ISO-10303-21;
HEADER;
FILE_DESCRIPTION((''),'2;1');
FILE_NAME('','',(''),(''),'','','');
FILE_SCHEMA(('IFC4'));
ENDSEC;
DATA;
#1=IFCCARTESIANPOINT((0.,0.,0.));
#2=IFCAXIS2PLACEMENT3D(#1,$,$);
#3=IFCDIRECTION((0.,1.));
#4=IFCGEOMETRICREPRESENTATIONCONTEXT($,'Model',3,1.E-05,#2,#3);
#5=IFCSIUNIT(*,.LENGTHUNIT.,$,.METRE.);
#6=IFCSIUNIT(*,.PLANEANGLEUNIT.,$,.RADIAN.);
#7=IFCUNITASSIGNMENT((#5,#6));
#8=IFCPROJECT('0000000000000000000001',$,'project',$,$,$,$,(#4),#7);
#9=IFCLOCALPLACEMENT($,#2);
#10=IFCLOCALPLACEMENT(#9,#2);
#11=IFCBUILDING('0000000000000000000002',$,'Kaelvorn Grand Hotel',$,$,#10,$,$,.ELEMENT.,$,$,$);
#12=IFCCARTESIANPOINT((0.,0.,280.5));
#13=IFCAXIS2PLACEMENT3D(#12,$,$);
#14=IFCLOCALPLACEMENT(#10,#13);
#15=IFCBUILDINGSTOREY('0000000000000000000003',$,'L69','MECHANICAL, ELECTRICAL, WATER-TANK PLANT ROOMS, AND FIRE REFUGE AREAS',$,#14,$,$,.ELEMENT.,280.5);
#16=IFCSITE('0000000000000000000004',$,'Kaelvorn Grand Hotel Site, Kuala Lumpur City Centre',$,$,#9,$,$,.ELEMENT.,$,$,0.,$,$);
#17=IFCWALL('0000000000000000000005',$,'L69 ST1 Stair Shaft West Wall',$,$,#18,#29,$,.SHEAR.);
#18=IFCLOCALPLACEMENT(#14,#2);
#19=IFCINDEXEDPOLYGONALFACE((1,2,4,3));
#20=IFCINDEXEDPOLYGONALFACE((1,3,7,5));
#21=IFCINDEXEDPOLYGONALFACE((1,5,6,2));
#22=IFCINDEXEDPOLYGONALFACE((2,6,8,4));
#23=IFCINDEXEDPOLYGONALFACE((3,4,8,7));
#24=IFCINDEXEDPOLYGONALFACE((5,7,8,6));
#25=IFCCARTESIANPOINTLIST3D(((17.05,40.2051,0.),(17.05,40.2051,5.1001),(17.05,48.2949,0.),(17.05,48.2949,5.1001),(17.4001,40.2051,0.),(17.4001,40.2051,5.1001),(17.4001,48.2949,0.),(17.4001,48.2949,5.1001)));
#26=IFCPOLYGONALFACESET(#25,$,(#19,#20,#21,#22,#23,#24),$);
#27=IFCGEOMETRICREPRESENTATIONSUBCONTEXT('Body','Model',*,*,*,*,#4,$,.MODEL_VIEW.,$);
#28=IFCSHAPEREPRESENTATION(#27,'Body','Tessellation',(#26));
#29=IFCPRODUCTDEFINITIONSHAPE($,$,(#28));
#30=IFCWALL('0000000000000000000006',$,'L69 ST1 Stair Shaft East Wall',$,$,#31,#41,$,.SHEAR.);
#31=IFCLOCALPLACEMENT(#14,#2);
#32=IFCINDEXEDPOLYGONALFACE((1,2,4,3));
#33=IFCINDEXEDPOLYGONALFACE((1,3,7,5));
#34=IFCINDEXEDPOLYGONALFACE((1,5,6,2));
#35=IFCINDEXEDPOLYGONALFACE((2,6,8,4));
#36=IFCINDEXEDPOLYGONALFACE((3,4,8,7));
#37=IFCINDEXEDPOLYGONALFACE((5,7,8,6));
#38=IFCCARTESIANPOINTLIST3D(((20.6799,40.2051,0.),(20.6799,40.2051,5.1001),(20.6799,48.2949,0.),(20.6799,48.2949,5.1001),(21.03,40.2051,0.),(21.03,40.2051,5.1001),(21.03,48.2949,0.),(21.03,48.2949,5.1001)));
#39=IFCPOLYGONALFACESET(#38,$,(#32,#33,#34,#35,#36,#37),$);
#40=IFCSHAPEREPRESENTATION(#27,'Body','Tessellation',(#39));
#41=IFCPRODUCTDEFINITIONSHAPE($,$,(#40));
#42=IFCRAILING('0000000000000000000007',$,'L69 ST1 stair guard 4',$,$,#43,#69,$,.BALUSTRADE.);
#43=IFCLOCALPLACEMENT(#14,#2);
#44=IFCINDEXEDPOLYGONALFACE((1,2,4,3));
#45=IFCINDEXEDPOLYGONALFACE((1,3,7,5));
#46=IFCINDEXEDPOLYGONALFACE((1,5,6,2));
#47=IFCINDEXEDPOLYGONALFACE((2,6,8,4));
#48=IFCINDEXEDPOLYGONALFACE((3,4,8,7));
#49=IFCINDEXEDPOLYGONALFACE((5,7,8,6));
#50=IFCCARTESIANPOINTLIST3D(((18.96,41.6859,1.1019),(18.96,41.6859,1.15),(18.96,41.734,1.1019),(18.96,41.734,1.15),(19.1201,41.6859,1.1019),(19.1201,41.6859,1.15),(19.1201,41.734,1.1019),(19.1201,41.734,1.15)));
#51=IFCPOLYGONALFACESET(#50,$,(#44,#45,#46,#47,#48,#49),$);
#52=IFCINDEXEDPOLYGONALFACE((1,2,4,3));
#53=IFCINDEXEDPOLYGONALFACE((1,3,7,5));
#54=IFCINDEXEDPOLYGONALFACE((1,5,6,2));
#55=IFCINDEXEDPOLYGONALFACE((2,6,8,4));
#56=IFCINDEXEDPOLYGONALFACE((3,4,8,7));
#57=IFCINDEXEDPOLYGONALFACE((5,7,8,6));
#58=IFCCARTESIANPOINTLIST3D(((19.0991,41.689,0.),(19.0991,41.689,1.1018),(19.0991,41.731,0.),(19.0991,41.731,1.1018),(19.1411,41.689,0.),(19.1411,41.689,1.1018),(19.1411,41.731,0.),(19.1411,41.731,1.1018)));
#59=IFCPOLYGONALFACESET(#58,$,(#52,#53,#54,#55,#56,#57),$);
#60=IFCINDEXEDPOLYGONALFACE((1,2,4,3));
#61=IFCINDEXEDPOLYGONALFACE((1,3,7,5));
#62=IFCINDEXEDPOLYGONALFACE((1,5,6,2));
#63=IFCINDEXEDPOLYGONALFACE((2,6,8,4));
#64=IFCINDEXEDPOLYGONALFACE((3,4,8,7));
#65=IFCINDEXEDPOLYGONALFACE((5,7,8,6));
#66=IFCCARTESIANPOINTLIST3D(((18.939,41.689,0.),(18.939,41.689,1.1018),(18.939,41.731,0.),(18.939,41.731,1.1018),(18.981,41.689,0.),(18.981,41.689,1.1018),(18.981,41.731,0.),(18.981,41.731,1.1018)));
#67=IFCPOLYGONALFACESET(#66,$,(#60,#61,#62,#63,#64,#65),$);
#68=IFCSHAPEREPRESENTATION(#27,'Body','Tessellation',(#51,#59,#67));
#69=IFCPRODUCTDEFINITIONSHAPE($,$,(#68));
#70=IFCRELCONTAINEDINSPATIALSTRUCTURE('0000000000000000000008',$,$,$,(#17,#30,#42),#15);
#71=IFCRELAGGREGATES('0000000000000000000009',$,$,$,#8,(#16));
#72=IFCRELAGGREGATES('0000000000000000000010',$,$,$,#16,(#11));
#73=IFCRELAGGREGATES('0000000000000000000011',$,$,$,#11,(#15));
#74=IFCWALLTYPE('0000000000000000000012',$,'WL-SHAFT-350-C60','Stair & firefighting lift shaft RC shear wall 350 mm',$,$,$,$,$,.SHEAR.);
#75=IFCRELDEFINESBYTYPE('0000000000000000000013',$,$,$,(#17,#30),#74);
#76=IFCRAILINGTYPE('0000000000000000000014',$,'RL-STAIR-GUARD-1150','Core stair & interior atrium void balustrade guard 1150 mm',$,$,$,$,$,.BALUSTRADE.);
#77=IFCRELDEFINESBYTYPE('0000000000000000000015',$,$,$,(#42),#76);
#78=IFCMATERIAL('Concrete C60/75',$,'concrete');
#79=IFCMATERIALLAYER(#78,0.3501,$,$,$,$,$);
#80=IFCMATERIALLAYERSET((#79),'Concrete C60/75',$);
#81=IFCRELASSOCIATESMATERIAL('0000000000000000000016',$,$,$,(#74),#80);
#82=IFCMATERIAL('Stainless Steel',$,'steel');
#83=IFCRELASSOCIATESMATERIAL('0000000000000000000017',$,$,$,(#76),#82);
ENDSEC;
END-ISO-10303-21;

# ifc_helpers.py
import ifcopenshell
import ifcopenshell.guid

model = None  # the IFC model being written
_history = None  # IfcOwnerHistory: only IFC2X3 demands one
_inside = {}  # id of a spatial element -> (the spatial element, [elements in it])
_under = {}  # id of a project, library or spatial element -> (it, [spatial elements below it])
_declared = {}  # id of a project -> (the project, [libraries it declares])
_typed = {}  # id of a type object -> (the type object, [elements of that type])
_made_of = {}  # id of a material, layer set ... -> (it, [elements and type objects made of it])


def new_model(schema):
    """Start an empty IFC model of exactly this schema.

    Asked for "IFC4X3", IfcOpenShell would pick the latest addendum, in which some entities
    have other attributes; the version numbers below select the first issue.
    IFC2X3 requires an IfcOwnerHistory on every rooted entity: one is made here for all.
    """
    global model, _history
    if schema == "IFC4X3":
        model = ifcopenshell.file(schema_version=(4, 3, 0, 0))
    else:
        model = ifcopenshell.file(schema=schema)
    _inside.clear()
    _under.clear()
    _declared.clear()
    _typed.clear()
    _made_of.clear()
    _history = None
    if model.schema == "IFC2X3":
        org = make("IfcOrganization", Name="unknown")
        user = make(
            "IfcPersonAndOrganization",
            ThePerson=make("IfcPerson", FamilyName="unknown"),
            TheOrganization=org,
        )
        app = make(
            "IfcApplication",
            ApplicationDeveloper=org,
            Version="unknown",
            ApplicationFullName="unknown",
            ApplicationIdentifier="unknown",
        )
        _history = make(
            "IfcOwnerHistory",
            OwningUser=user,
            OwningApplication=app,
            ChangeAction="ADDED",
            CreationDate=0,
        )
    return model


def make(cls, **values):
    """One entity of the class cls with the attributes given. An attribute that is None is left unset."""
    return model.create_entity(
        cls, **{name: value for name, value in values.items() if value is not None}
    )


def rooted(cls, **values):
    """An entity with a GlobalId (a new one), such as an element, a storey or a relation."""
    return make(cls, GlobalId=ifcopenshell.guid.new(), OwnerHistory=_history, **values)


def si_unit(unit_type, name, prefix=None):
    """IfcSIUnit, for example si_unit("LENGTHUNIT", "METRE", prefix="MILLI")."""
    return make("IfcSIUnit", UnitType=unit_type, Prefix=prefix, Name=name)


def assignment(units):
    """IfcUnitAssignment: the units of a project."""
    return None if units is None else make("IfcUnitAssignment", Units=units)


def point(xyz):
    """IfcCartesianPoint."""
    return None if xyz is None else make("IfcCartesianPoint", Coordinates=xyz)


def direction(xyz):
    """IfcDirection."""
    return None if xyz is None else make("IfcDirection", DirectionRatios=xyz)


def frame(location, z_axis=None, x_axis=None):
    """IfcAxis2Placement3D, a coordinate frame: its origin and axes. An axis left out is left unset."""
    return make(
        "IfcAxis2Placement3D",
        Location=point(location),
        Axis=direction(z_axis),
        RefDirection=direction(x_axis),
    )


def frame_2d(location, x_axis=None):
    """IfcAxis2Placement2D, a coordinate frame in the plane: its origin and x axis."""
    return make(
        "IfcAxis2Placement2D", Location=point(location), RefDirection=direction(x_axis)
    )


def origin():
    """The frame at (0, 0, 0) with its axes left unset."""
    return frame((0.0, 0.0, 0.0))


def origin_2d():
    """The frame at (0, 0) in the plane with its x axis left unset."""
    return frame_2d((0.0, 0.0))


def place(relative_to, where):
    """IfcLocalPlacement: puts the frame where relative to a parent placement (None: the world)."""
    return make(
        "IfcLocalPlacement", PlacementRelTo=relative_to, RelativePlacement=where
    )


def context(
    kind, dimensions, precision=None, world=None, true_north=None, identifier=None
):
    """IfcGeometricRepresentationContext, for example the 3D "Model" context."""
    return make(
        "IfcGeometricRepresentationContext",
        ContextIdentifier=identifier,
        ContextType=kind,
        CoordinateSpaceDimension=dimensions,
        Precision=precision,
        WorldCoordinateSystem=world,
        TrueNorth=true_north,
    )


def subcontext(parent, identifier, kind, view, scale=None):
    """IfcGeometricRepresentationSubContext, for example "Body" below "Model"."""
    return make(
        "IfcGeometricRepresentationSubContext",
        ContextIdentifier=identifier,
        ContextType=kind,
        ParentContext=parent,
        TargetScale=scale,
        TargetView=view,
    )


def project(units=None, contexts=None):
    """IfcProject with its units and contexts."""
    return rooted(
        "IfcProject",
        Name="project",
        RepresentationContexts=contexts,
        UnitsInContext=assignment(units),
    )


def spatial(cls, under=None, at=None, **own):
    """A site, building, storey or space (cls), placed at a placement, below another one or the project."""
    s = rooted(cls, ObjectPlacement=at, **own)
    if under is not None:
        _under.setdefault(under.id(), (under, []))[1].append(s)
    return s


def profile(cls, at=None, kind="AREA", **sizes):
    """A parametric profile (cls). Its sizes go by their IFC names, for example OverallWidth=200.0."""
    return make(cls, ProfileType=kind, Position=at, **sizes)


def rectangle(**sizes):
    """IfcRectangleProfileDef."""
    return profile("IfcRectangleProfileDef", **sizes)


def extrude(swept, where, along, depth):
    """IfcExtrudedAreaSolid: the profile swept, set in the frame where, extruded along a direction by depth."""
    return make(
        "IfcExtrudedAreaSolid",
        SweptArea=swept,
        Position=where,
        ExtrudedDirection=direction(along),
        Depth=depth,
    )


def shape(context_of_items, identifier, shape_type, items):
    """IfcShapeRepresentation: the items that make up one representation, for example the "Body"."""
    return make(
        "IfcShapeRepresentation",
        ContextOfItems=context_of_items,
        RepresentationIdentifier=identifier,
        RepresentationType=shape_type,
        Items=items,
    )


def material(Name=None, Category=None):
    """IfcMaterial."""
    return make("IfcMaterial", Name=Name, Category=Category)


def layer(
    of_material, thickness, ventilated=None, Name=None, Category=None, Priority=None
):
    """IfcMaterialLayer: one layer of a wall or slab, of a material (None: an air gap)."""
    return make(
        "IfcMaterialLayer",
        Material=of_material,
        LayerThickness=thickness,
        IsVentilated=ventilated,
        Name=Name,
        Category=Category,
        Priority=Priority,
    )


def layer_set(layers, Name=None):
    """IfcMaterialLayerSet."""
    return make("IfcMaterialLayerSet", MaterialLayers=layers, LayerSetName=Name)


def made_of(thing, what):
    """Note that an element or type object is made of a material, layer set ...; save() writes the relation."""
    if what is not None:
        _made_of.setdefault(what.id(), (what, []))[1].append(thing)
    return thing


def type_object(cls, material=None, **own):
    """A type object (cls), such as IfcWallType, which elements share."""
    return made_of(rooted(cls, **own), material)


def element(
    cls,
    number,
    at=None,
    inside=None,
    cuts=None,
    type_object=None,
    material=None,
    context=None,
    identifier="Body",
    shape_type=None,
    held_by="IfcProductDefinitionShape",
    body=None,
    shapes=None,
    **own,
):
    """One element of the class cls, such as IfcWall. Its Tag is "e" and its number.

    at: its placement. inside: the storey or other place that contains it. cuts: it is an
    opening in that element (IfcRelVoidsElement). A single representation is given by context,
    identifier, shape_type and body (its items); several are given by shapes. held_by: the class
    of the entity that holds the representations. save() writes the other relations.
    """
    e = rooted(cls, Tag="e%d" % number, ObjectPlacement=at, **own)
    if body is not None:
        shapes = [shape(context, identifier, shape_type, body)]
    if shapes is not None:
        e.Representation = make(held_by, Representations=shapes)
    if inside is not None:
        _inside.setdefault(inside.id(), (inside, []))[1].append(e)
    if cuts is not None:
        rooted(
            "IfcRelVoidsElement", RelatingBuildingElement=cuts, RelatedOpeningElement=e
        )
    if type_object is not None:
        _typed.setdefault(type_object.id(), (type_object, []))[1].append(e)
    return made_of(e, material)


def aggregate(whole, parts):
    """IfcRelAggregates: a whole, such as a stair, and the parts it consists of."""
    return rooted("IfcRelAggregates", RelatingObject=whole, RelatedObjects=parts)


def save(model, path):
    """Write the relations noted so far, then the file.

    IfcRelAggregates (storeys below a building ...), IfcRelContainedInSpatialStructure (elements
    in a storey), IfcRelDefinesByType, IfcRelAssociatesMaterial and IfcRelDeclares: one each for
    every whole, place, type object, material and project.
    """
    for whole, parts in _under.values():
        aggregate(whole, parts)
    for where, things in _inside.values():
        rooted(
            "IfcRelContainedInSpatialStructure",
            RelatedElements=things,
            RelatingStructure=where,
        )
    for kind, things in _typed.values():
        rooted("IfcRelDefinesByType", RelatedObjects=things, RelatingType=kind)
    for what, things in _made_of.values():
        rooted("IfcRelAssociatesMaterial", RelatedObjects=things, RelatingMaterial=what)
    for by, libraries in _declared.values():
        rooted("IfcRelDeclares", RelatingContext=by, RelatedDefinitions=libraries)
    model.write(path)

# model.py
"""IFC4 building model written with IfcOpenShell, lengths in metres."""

from ifc_helpers import new_model, si_unit, direction, frame, frame_2d, origin, origin_2d, place, context, subcontext, project, spatial, rectangle, extrude, material, layer, layer_set, type_object, element, save


model = new_model("IFC4")

# Units and contexts
model_context = context("Model", 3, precision=1e-05, world=origin(), true_north=direction((0.0, 1.0)))
body_context = subcontext(model_context, "Body", "Model", "MODEL_VIEW")
ifc_project = project(units=[si_unit("LENGTHUNIT", "METRE"), si_unit("PLANEANGLEUNIT", "RADIAN")], contexts=[model_context])

# Site, building, storey
site_placement = place(None, origin())
site = spatial("IfcSite", under=ifc_project, at=site_placement, Name="Kaelvorn Grand Hotel Site, Kuala Lumpur City Centre", CompositionType="ELEMENT", RefElevation=0.0)
building_placement = place(site_placement, origin())
building = spatial("IfcBuilding", under=site, at=building_placement, Name="Kaelvorn Grand Hotel", CompositionType="ELEMENT")
storey_placement = place(building_placement, frame((0.0, 0.0, 280.5)))
storey = spatial("IfcBuildingStorey", under=building, at=storey_placement, Name="L69", Description="MECHANICAL, ELECTRICAL, WATER-TANK PLANT ROOMS, AND FIRE REFUGE AREAS", CompositionType="ELEMENT", Elevation=280.5)

# Shared definitions
ifc_material_1 = material(Name="Stainless Steel", Category="steel")

# Shared definitions
ifc_material_2 = material(Name="Concrete C60/75", Category="concrete")
ifc_layer_1 = layer(ifc_material_2, 0.3501)
ifc_layer_set_1 = layer_set([ifc_layer_1], Name="Concrete C60/75")
wall_type_1 = type_object("IfcWallType", Name="WL-SHAFT-350-C60", Description="Stair & firefighting lift shaft RC shear wall 350 mm", PredefinedType="SHEAR", material=ifc_layer_set_1)

# Walls
for number, where, z_axis, x_axis, name in (
    (1, (17.2251, 40.2051, 0.0), (0.0, 0.0, 1.0), (0.0, 1.0, 0.0), "L69 ST1 Stair Shaft West Wall"),
    (2, (20.855, 40.2051, 0.0), (0.0, 0.0, 1.0), (0.0, 1.0, 0.0), "L69 ST1 Stair Shaft East Wall"),
):
    element("IfcWall", number, at=place(storey_placement, frame(where, z_axis=z_axis, x_axis=x_axis)), inside=storey, type_object=wall_type_1, Name=name, PredefinedType="SHEAR", context=body_context, shape_type="SweptSolid", body=[
        extrude(rectangle(XDim=8.0898, YDim=0.3501, at=frame_2d((4.0449, 0.0))), origin(), (0.0, 0.0, 1.0), 5.1001),
    ])

# Railing
railing_type = type_object("IfcRailingType", Name="RL-STAIR-GUARD-1150", Description="Core stair & interior atrium void balustrade guard 1150 mm", PredefinedType="BALUSTRADE", material=ifc_material_1)
railing_placement = place(storey_placement, frame((19.1201, 41.71, 0.0)))
element("IfcRailing", 3, at=railing_placement, inside=storey, type_object=railing_type, Name="L69 ST1 stair guard 4", PredefinedType="BALUSTRADE", context=body_context, shape_type="SweptSolid", body=[
    extrude(rectangle(XDim=0.0481, YDim=0.0481, at=origin_2d()), frame((0.0, 0.0, 1.126), z_axis=(-1.0, 0.0, 0.0), x_axis=(0.0, -1.0, 0.0)), (0.0, 0.0, 1.0), 0.1602),
    extrude(rectangle(XDim=0.042, YDim=0.042, at=origin_2d()), origin(), (0.0, 0.0, 1.0), 1.1018),
    extrude(rectangle(XDim=0.042, YDim=0.042, at=origin_2d()), frame((-0.1602, 0.0, 0.0)), (0.0, 0.0, 1.0), 1.1018),
])

save(model, "model.ifc")
